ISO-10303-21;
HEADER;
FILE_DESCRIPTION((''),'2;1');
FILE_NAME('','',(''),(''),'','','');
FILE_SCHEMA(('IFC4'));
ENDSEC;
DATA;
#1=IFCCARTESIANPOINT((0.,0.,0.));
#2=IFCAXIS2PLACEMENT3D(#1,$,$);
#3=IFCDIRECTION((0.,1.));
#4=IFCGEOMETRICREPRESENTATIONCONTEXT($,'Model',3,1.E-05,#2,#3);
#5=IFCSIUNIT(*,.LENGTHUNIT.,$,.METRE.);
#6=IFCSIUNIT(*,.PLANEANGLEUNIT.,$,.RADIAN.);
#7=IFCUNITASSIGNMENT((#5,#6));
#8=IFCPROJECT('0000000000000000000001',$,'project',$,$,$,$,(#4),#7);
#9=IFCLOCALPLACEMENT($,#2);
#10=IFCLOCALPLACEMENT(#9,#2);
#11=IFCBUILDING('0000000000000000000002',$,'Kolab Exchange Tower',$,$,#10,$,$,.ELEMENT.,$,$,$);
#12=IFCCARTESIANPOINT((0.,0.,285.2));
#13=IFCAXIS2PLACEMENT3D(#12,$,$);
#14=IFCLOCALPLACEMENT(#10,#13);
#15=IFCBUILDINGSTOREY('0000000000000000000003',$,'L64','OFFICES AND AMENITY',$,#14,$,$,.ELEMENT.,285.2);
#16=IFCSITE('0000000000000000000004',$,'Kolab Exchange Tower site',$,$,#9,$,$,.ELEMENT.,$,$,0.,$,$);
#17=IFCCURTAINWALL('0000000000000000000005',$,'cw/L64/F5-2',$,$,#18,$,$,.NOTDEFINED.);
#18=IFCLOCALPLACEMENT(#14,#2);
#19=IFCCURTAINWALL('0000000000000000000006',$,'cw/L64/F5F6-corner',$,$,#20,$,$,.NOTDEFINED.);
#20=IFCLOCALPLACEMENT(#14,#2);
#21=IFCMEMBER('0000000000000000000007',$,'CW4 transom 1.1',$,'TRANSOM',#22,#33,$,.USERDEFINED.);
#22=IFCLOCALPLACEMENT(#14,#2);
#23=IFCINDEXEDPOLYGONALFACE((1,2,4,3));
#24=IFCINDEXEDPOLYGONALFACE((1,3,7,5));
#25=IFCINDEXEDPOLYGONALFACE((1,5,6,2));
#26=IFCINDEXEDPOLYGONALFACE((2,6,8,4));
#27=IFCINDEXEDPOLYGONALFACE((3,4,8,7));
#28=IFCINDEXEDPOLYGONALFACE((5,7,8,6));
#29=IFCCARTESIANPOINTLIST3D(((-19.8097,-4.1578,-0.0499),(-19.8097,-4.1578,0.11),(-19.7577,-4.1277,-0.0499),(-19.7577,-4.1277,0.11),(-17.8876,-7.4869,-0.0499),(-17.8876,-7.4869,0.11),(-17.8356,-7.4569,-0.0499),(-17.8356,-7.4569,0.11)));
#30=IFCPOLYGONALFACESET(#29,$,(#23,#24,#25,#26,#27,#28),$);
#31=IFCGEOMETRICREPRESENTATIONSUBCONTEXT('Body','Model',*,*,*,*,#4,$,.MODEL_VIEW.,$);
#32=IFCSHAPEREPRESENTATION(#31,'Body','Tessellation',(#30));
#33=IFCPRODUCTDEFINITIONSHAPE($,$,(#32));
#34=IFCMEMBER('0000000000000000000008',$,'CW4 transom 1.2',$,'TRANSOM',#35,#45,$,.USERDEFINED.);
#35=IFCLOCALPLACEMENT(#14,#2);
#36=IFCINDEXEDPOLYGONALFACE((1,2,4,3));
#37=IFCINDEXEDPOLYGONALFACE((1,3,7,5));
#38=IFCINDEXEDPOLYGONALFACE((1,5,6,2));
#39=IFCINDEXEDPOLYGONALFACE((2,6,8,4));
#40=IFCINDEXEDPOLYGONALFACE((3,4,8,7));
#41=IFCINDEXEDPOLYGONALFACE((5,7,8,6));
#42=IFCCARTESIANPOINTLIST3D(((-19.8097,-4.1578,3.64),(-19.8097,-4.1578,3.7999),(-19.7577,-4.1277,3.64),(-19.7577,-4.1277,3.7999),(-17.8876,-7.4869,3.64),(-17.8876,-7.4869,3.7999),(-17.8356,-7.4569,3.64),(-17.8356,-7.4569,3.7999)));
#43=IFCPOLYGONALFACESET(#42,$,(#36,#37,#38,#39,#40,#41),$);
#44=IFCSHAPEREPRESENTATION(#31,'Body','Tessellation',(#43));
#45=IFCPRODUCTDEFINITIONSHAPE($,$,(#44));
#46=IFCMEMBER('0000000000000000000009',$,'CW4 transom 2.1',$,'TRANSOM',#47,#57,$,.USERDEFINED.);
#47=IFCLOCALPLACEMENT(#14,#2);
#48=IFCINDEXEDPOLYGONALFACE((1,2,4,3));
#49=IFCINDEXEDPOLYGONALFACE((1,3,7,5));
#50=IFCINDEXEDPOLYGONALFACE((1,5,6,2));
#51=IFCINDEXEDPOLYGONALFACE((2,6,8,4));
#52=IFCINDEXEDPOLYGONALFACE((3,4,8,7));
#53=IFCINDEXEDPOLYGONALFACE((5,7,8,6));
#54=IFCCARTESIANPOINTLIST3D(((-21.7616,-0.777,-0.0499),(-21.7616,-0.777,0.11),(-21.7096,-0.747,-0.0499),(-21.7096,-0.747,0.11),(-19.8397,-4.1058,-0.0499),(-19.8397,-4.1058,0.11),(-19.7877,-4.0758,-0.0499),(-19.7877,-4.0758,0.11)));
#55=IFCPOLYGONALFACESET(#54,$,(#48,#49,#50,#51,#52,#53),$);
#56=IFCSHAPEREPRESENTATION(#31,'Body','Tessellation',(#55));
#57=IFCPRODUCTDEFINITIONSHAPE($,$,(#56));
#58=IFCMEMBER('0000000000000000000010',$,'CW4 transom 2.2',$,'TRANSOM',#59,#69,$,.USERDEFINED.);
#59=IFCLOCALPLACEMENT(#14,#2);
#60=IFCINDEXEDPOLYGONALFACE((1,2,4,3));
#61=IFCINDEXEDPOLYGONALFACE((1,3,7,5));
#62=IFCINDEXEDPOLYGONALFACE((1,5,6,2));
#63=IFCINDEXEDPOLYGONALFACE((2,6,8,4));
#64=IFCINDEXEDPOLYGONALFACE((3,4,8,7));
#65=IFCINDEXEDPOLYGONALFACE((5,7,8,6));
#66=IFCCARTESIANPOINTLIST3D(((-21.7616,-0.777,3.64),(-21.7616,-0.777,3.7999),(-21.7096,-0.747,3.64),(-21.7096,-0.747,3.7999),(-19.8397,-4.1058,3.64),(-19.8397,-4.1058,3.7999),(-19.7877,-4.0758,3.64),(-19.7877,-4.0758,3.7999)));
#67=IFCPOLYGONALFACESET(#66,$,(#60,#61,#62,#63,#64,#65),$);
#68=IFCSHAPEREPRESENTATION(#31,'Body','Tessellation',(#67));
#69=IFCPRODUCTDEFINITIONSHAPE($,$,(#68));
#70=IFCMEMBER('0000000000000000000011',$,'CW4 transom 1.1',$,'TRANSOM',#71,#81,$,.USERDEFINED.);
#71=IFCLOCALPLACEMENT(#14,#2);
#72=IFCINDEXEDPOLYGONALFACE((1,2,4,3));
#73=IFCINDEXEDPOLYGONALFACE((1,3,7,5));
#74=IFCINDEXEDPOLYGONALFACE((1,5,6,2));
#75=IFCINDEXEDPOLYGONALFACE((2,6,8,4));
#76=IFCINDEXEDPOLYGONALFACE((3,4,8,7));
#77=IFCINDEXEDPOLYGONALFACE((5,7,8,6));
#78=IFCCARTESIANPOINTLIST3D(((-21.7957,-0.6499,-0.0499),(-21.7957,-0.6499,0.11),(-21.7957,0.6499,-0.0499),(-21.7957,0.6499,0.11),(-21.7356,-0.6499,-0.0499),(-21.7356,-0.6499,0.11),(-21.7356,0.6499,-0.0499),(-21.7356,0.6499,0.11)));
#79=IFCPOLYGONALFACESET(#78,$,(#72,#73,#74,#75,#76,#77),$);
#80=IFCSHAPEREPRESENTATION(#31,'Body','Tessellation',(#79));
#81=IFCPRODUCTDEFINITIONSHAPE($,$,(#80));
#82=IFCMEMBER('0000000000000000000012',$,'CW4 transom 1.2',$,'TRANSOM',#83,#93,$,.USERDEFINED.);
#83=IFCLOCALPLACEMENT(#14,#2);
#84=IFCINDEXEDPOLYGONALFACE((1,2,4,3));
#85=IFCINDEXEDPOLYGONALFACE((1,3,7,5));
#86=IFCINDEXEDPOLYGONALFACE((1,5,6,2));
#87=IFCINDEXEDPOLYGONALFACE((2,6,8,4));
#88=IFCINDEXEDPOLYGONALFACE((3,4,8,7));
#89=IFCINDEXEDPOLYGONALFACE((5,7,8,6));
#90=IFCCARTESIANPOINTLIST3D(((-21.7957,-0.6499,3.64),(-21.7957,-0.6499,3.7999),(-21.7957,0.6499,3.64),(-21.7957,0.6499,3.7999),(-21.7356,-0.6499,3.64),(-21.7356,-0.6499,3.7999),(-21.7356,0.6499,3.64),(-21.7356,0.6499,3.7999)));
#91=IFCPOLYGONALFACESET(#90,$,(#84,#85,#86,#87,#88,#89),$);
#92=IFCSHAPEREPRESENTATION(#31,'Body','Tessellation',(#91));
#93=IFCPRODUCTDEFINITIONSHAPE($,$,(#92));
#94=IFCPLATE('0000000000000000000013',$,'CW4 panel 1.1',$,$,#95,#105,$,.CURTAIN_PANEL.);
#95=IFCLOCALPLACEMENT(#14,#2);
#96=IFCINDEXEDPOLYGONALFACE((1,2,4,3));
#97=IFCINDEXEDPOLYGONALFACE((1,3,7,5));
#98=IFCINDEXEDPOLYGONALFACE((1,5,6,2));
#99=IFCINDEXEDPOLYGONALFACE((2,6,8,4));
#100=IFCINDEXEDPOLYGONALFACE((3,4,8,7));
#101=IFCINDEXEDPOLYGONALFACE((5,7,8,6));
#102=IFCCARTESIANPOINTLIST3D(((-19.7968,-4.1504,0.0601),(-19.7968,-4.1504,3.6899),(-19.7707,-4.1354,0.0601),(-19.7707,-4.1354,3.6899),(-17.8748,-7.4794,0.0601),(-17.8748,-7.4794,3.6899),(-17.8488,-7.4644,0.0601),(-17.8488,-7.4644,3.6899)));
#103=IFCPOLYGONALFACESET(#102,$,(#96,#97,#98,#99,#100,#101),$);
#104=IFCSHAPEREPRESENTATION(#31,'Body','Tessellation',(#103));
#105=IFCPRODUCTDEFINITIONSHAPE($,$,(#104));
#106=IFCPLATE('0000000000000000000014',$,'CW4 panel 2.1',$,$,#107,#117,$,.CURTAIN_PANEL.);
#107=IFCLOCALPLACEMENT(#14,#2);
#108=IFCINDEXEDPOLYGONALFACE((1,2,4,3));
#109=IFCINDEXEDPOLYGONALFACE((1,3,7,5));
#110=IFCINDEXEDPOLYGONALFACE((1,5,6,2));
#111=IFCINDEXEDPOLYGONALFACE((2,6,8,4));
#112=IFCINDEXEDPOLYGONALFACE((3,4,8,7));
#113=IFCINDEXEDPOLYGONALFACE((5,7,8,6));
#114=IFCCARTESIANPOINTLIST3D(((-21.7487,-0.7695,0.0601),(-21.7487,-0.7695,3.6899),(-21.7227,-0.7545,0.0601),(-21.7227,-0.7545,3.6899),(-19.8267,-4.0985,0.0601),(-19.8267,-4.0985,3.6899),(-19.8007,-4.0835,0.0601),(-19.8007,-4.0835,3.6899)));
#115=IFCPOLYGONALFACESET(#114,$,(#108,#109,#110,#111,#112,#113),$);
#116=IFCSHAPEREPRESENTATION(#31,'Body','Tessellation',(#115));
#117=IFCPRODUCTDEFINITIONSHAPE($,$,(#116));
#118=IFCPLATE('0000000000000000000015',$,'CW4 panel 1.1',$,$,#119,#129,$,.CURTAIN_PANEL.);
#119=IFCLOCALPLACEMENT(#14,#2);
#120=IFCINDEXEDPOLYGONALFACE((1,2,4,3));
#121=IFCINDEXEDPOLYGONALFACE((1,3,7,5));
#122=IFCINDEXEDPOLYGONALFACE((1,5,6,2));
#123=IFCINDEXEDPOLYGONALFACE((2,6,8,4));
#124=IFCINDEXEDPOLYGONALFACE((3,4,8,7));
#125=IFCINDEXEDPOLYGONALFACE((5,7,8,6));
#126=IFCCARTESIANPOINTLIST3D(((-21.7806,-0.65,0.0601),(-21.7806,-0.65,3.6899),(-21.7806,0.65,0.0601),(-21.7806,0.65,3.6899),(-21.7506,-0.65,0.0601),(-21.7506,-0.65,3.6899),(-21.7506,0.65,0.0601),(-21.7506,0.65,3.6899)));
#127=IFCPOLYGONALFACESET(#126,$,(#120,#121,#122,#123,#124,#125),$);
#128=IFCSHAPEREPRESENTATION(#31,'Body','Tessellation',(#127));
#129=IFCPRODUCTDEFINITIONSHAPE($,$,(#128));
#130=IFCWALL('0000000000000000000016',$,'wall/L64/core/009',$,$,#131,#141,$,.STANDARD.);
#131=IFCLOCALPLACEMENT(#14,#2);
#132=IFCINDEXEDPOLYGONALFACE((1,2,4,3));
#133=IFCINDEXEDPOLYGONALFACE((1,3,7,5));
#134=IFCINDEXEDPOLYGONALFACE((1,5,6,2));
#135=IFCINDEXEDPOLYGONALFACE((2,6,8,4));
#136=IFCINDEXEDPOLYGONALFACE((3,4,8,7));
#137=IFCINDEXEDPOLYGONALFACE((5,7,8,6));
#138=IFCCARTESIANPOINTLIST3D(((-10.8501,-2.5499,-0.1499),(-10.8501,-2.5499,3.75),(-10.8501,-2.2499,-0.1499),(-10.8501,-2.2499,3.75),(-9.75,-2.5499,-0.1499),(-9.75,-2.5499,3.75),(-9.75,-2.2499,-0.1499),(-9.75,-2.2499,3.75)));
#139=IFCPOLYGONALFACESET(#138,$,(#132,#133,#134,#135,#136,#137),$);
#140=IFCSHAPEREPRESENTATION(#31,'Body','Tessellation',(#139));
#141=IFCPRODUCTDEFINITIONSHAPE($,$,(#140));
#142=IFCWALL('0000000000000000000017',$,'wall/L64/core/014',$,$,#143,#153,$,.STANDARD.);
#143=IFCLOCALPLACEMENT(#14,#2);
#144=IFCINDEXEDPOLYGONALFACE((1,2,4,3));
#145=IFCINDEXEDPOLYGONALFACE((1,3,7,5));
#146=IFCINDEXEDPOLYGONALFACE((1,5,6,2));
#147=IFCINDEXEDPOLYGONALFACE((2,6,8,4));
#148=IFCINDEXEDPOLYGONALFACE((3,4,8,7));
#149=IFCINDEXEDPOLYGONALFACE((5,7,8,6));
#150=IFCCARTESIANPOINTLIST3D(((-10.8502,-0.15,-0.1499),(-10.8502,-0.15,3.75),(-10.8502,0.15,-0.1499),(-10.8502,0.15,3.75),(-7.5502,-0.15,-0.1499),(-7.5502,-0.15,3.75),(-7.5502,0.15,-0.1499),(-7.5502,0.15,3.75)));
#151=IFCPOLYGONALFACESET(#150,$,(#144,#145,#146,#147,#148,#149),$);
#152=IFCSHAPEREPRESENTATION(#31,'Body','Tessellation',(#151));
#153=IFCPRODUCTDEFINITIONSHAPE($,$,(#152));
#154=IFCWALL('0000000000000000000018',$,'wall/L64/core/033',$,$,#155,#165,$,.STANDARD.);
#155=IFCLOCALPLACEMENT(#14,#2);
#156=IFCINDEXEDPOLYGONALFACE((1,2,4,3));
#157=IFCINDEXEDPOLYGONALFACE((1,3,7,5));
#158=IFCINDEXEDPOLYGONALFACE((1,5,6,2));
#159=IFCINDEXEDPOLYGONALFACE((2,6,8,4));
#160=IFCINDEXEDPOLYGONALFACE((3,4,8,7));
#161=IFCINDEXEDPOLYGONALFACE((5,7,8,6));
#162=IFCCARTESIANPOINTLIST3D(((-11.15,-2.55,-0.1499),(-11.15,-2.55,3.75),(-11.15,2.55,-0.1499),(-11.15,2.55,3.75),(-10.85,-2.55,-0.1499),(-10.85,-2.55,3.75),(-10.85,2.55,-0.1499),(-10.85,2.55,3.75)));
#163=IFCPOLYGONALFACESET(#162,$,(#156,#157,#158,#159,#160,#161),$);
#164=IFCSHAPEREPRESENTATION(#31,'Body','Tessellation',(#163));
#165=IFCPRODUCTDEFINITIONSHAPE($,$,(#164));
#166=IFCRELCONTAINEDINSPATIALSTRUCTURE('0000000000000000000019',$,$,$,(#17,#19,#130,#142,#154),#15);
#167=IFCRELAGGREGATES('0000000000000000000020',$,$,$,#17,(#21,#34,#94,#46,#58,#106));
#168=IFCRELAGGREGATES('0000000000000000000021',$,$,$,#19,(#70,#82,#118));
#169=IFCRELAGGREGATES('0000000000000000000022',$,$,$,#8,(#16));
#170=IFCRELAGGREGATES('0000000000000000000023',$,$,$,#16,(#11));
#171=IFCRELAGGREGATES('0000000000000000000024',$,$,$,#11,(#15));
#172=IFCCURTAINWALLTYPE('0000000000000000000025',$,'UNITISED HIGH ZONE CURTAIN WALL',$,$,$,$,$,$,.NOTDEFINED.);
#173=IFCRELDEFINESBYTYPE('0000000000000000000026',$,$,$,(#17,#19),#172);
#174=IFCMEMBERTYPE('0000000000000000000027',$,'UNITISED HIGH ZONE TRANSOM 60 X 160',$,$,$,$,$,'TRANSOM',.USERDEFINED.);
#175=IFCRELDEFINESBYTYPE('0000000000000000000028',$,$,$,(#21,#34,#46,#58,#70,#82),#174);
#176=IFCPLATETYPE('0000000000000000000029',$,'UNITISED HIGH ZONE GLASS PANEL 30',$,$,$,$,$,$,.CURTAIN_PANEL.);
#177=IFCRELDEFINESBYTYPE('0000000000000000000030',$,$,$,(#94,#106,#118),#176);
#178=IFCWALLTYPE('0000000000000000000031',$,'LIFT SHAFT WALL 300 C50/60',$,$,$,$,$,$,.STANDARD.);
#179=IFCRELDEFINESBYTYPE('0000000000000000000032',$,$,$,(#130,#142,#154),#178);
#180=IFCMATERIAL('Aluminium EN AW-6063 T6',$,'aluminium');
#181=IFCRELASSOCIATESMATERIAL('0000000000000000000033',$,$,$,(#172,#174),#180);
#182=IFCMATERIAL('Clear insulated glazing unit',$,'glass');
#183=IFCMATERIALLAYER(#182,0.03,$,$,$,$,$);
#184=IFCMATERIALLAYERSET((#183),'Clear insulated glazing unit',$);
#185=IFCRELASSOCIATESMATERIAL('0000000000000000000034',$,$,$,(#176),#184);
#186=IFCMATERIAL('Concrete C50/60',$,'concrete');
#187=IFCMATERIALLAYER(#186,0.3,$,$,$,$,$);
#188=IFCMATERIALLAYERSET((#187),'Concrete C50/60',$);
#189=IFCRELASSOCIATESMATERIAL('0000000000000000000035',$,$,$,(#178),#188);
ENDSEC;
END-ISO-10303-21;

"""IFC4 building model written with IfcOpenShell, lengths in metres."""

from ifc_helpers import new_model, si_unit, direction, frame, frame_2d, origin, origin_2d, place, context, subcontext, project, spatial, rectangle, extrude, material, layer, layer_set, material_profile, profile_set, type_object, element, aggregate, save


model = new_model("IFC4")

# Units and contexts
model_context = context("Model", 3, precision=1e-05, world=origin(), true_north=direction((0.0, 1.0)))
body_context = subcontext(model_context, "Body", "Model", "MODEL_VIEW")
ifc_project = project(units=[si_unit("LENGTHUNIT", "METRE"), si_unit("PLANEANGLEUNIT", "RADIAN")], contexts=[model_context])

# Site, building, storey
site_placement = place(None, origin())
site = spatial("IfcSite", under=ifc_project, at=site_placement, Name="Kolab Exchange Tower site", CompositionType="ELEMENT", RefElevation=0.0)
building_placement = place(site_placement, origin())
building = spatial("IfcBuilding", under=site, at=building_placement, Name="Kolab Exchange Tower", CompositionType="ELEMENT")
storey_placement = place(building_placement, frame((0.0, 0.0, 285.2)))
storey = spatial("IfcBuildingStorey", under=building, at=storey_placement, Name="L64", Description="OFFICES AND AMENITY", CompositionType="ELEMENT", Elevation=285.2)

# Shared definitions
ifc_material_1 = material(Name="Concrete C50/60", Category="concrete")

# Curtain wall
ifc_material_2 = material(Name="Aluminium EN AW-6063 T6", Category="aluminium")
curtain_wall_type = type_object("IfcCurtainWallType", Name="UNITISED HIGH ZONE CURTAIN WALL", PredefinedType="NOTDEFINED", material=ifc_material_2)
curtain_wall_1_placement = place(storey_placement, origin())
curtain_wall_1 = element("IfcCurtainWall", 1, at=curtain_wall_1_placement, inside=storey, type_object=curtain_wall_type, Name="cw/L64/F5-2", PredefinedType="NOTDEFINED")

# Curtain wall
curtain_wall_2_placement = place(storey_placement, origin())
curtain_wall_2 = element("IfcCurtainWall", 2, at=curtain_wall_2_placement, inside=storey, type_object=curtain_wall_type, Name="cw/L64/F5F6-corner", PredefinedType="NOTDEFINED")

# Members
ifc_material_profile_1 = material_profile(ifc_material_2, rectangle(XDim=0.0601, YDim=0.1599, at=origin_2d()), Name="RECT 60X160")
ifc_profile_set_1 = profile_set([ifc_material_profile_1], Name="Aluminium EN AW-6063 T6")
member_type_1 = type_object("IfcMemberType", Name="UNITISED HIGH ZONE TRANSOM 60 X 160", ElementType="TRANSOM", PredefinedType="USERDEFINED", material=ifc_profile_set_1)
member_1_placement = place(storey_placement, frame((-17.8616, -7.4719, 0.03), z_axis=(-0.500012, 0.866018, 0.0), x_axis=(-0.866018, -0.500012, 0.0)))
member_1 = element("IfcMember", 3, at=member_1_placement, type_object=member_type_1, Name="CW4 transom 1.1", ObjectType="TRANSOM", PredefinedType="USERDEFINED", context=body_context, shape_type="SweptSolid", body=[
    extrude(rectangle(XDim=0.0601, YDim=0.1599, at=origin_2d()), origin(), (0.0, 0.0, 1.0), 3.8442),
])
member_2_placement = place(storey_placement, frame((-17.8616, -7.4719, 3.72), z_axis=(-0.500012, 0.866018, 0.0), x_axis=(-0.866018, -0.500012, 0.0)))
member_2 = element("IfcMember", 4, at=member_2_placement, type_object=member_type_1, Name="CW4 transom 1.2", ObjectType="TRANSOM", PredefinedType="USERDEFINED", context=body_context, shape_type="SweptSolid", body=[
    extrude(rectangle(XDim=0.0601, YDim=0.1599, at=origin_2d()), origin(), (0.0, 0.0, 1.0), 3.8442),
])
member_3_placement = place(storey_placement, frame((-19.8137, -4.0908, 0.03), z_axis=(-0.499992, 0.86603, 0.0), x_axis=(-0.86603, -0.499992, 0.0)))
member_3 = element("IfcMember", 5, at=member_3_placement, type_object=member_type_1, Name="CW4 transom 2.1", ObjectType="TRANSOM", PredefinedType="USERDEFINED", context=body_context, shape_type="SweptSolid", body=[
    extrude(rectangle(XDim=0.0601, YDim=0.1599, at=origin_2d()), origin(), (0.0, 0.0, 1.0), 3.8438),
])
member_4_placement = place(storey_placement, frame((-19.8137, -4.0908, 3.72), z_axis=(-0.499992, 0.86603, 0.0), x_axis=(-0.86603, -0.499992, 0.0)))
member_4 = element("IfcMember", 6, at=member_4_placement, type_object=member_type_1, Name="CW4 transom 2.2", ObjectType="TRANSOM", PredefinedType="USERDEFINED", context=body_context, shape_type="SweptSolid", body=[
    extrude(rectangle(XDim=0.0601, YDim=0.1599, at=origin_2d()), origin(), (0.0, 0.0, 1.0), 3.8438),
])
member_5_placement = place(storey_placement, frame((-21.7656, -0.6499, 0.03), z_axis=(0.0, 1.0, 0.0), x_axis=(-1.0, 0.0, 0.0)))
member_5 = element("IfcMember", 7, at=member_5_placement, type_object=member_type_1, Name="CW4 transom 1.1", ObjectType="TRANSOM", PredefinedType="USERDEFINED", context=body_context, shape_type="SweptSolid", body=[
    extrude(rectangle(XDim=0.0601, YDim=0.1599, at=origin_2d()), origin(), (0.0, 0.0, 1.0), 1.2998),
])
member_6_placement = place(storey_placement, frame((-21.7656, -0.6499, 3.72), z_axis=(0.0, 1.0, 0.0), x_axis=(-1.0, 0.0, 0.0)))
member_6 = element("IfcMember", 8, at=member_6_placement, type_object=member_type_1, Name="CW4 transom 1.2", ObjectType="TRANSOM", PredefinedType="USERDEFINED", context=body_context, shape_type="SweptSolid", body=[
    extrude(rectangle(XDim=0.0601, YDim=0.1599, at=origin_2d()), origin(), (0.0, 0.0, 1.0), 1.2998),
])

# Plates
ifc_material_3 = material(Name="Clear insulated glazing unit", Category="glass")
ifc_layer_1 = layer(ifc_material_3, 0.03)
ifc_layer_set_1 = layer_set([ifc_layer_1], Name="Clear insulated glazing unit")
plate_type = type_object("IfcPlateType", Name="UNITISED HIGH ZONE GLASS PANEL 30", PredefinedType="CURTAIN_PANEL", material=ifc_layer_set_1)
plate_1_placement = place(storey_placement, frame((-18.8228, -5.8074, 0.0601), z_axis=(0.0, 0.0, 1.0), x_axis=(-0.5, 0.866025, 0.0)))
plate_1 = element("IfcPlate", 9, at=plate_1_placement, type_object=plate_type, Name="CW4 panel 1.1", PredefinedType="CURTAIN_PANEL", context=body_context, shape_type="SweptSolid", body=[
    extrude(rectangle(XDim=3.844, YDim=0.03, at=origin_2d()), origin(), (0.0, 0.0, 1.0), 3.6299),
])
plate_2_placement = place(storey_placement, frame((-20.7747, -2.4265, 0.0601), z_axis=(0.0, 0.0, 1.0), x_axis=(-0.5, 0.866025, 0.0)))
plate_2 = element("IfcPlate", 10, at=plate_2_placement, type_object=plate_type, Name="CW4 panel 2.1", PredefinedType="CURTAIN_PANEL", context=body_context, shape_type="SweptSolid", body=[
    extrude(rectangle(XDim=3.844, YDim=0.03, at=origin_2d()), origin(), (0.0, 0.0, 1.0), 3.6299),
])
aggregate(curtain_wall_1, [member_1, member_2, plate_1, member_3, member_4, plate_2])
plate_3_placement = place(storey_placement, frame((-21.7656, 0.0, 0.0601), z_axis=(0.0, 0.0, 1.0), x_axis=(0.0, 1.0, 0.0)))
plate_3 = element("IfcPlate", 11, at=plate_3_placement, type_object=plate_type, Name="CW4 panel 1.1", PredefinedType="CURTAIN_PANEL", context=body_context, shape_type="SweptSolid", body=[
    extrude(rectangle(XDim=1.3, YDim=0.03, at=origin_2d()), origin(), (0.0, 0.0, 1.0), 3.6299),
])
aggregate(curtain_wall_2, [member_5, member_6, plate_3])

# Walls
ifc_layer_2 = layer(ifc_material_1, 0.3)
ifc_layer_set_2 = layer_set([ifc_layer_2], Name="Concrete C50/60")
wall_type_1 = type_object("IfcWallType", Name="LIFT SHAFT WALL 300 C50/60", PredefinedType="STANDARD", material=ifc_layer_set_2)
wall_1_placement = place(storey_placement, frame((-10.8501, -2.3999, -0.1499), z_axis=(0.0, 0.0, 1.0), x_axis=(1.0, 0.0, 0.0)))
element("IfcWall", 12, at=wall_1_placement, inside=storey, type_object=wall_type_1, Name="wall/L64/core/009", PredefinedType="STANDARD", context=body_context, shape_type="SweptSolid", body=[
    extrude(rectangle(XDim=1.1001, YDim=0.3, at=frame_2d((0.55, 0.0))), origin(), (0.0, 0.0, 1.0), 3.8999),
])
wall_2_placement = place(storey_placement, frame((-10.8501, 0.0, -0.1499), z_axis=(0.0, 0.0, 1.0), x_axis=(1.0, 0.0, 0.0)))
element("IfcWall", 13, at=wall_2_placement, inside=storey, type_object=wall_type_1, Name="wall/L64/core/014", PredefinedType="STANDARD", context=body_context, shape_type="SweptSolid", body=[
    extrude(rectangle(XDim=3.3, YDim=0.3, at=frame_2d((1.6499, 0.0))), origin(), (0.0, 0.0, 1.0), 3.8999),
])
wall_3_placement = place(storey_placement, frame((-11.0, -2.55, -0.1499), z_axis=(0.0, 0.0, 1.0), x_axis=(0.0, 1.0, 0.0)))
element("IfcWall", 14, at=wall_3_placement, inside=storey, type_object=wall_type_1, Name="wall/L64/core/033", PredefinedType="STANDARD", context=body_context, shape_type="SweptSolid", body=[
    extrude(rectangle(XDim=5.1001, YDim=0.3, at=frame_2d((2.55, 0.0))), origin(), (0.0, 0.0, 1.0), 3.8999),
])

save(model, "model.ifc")
